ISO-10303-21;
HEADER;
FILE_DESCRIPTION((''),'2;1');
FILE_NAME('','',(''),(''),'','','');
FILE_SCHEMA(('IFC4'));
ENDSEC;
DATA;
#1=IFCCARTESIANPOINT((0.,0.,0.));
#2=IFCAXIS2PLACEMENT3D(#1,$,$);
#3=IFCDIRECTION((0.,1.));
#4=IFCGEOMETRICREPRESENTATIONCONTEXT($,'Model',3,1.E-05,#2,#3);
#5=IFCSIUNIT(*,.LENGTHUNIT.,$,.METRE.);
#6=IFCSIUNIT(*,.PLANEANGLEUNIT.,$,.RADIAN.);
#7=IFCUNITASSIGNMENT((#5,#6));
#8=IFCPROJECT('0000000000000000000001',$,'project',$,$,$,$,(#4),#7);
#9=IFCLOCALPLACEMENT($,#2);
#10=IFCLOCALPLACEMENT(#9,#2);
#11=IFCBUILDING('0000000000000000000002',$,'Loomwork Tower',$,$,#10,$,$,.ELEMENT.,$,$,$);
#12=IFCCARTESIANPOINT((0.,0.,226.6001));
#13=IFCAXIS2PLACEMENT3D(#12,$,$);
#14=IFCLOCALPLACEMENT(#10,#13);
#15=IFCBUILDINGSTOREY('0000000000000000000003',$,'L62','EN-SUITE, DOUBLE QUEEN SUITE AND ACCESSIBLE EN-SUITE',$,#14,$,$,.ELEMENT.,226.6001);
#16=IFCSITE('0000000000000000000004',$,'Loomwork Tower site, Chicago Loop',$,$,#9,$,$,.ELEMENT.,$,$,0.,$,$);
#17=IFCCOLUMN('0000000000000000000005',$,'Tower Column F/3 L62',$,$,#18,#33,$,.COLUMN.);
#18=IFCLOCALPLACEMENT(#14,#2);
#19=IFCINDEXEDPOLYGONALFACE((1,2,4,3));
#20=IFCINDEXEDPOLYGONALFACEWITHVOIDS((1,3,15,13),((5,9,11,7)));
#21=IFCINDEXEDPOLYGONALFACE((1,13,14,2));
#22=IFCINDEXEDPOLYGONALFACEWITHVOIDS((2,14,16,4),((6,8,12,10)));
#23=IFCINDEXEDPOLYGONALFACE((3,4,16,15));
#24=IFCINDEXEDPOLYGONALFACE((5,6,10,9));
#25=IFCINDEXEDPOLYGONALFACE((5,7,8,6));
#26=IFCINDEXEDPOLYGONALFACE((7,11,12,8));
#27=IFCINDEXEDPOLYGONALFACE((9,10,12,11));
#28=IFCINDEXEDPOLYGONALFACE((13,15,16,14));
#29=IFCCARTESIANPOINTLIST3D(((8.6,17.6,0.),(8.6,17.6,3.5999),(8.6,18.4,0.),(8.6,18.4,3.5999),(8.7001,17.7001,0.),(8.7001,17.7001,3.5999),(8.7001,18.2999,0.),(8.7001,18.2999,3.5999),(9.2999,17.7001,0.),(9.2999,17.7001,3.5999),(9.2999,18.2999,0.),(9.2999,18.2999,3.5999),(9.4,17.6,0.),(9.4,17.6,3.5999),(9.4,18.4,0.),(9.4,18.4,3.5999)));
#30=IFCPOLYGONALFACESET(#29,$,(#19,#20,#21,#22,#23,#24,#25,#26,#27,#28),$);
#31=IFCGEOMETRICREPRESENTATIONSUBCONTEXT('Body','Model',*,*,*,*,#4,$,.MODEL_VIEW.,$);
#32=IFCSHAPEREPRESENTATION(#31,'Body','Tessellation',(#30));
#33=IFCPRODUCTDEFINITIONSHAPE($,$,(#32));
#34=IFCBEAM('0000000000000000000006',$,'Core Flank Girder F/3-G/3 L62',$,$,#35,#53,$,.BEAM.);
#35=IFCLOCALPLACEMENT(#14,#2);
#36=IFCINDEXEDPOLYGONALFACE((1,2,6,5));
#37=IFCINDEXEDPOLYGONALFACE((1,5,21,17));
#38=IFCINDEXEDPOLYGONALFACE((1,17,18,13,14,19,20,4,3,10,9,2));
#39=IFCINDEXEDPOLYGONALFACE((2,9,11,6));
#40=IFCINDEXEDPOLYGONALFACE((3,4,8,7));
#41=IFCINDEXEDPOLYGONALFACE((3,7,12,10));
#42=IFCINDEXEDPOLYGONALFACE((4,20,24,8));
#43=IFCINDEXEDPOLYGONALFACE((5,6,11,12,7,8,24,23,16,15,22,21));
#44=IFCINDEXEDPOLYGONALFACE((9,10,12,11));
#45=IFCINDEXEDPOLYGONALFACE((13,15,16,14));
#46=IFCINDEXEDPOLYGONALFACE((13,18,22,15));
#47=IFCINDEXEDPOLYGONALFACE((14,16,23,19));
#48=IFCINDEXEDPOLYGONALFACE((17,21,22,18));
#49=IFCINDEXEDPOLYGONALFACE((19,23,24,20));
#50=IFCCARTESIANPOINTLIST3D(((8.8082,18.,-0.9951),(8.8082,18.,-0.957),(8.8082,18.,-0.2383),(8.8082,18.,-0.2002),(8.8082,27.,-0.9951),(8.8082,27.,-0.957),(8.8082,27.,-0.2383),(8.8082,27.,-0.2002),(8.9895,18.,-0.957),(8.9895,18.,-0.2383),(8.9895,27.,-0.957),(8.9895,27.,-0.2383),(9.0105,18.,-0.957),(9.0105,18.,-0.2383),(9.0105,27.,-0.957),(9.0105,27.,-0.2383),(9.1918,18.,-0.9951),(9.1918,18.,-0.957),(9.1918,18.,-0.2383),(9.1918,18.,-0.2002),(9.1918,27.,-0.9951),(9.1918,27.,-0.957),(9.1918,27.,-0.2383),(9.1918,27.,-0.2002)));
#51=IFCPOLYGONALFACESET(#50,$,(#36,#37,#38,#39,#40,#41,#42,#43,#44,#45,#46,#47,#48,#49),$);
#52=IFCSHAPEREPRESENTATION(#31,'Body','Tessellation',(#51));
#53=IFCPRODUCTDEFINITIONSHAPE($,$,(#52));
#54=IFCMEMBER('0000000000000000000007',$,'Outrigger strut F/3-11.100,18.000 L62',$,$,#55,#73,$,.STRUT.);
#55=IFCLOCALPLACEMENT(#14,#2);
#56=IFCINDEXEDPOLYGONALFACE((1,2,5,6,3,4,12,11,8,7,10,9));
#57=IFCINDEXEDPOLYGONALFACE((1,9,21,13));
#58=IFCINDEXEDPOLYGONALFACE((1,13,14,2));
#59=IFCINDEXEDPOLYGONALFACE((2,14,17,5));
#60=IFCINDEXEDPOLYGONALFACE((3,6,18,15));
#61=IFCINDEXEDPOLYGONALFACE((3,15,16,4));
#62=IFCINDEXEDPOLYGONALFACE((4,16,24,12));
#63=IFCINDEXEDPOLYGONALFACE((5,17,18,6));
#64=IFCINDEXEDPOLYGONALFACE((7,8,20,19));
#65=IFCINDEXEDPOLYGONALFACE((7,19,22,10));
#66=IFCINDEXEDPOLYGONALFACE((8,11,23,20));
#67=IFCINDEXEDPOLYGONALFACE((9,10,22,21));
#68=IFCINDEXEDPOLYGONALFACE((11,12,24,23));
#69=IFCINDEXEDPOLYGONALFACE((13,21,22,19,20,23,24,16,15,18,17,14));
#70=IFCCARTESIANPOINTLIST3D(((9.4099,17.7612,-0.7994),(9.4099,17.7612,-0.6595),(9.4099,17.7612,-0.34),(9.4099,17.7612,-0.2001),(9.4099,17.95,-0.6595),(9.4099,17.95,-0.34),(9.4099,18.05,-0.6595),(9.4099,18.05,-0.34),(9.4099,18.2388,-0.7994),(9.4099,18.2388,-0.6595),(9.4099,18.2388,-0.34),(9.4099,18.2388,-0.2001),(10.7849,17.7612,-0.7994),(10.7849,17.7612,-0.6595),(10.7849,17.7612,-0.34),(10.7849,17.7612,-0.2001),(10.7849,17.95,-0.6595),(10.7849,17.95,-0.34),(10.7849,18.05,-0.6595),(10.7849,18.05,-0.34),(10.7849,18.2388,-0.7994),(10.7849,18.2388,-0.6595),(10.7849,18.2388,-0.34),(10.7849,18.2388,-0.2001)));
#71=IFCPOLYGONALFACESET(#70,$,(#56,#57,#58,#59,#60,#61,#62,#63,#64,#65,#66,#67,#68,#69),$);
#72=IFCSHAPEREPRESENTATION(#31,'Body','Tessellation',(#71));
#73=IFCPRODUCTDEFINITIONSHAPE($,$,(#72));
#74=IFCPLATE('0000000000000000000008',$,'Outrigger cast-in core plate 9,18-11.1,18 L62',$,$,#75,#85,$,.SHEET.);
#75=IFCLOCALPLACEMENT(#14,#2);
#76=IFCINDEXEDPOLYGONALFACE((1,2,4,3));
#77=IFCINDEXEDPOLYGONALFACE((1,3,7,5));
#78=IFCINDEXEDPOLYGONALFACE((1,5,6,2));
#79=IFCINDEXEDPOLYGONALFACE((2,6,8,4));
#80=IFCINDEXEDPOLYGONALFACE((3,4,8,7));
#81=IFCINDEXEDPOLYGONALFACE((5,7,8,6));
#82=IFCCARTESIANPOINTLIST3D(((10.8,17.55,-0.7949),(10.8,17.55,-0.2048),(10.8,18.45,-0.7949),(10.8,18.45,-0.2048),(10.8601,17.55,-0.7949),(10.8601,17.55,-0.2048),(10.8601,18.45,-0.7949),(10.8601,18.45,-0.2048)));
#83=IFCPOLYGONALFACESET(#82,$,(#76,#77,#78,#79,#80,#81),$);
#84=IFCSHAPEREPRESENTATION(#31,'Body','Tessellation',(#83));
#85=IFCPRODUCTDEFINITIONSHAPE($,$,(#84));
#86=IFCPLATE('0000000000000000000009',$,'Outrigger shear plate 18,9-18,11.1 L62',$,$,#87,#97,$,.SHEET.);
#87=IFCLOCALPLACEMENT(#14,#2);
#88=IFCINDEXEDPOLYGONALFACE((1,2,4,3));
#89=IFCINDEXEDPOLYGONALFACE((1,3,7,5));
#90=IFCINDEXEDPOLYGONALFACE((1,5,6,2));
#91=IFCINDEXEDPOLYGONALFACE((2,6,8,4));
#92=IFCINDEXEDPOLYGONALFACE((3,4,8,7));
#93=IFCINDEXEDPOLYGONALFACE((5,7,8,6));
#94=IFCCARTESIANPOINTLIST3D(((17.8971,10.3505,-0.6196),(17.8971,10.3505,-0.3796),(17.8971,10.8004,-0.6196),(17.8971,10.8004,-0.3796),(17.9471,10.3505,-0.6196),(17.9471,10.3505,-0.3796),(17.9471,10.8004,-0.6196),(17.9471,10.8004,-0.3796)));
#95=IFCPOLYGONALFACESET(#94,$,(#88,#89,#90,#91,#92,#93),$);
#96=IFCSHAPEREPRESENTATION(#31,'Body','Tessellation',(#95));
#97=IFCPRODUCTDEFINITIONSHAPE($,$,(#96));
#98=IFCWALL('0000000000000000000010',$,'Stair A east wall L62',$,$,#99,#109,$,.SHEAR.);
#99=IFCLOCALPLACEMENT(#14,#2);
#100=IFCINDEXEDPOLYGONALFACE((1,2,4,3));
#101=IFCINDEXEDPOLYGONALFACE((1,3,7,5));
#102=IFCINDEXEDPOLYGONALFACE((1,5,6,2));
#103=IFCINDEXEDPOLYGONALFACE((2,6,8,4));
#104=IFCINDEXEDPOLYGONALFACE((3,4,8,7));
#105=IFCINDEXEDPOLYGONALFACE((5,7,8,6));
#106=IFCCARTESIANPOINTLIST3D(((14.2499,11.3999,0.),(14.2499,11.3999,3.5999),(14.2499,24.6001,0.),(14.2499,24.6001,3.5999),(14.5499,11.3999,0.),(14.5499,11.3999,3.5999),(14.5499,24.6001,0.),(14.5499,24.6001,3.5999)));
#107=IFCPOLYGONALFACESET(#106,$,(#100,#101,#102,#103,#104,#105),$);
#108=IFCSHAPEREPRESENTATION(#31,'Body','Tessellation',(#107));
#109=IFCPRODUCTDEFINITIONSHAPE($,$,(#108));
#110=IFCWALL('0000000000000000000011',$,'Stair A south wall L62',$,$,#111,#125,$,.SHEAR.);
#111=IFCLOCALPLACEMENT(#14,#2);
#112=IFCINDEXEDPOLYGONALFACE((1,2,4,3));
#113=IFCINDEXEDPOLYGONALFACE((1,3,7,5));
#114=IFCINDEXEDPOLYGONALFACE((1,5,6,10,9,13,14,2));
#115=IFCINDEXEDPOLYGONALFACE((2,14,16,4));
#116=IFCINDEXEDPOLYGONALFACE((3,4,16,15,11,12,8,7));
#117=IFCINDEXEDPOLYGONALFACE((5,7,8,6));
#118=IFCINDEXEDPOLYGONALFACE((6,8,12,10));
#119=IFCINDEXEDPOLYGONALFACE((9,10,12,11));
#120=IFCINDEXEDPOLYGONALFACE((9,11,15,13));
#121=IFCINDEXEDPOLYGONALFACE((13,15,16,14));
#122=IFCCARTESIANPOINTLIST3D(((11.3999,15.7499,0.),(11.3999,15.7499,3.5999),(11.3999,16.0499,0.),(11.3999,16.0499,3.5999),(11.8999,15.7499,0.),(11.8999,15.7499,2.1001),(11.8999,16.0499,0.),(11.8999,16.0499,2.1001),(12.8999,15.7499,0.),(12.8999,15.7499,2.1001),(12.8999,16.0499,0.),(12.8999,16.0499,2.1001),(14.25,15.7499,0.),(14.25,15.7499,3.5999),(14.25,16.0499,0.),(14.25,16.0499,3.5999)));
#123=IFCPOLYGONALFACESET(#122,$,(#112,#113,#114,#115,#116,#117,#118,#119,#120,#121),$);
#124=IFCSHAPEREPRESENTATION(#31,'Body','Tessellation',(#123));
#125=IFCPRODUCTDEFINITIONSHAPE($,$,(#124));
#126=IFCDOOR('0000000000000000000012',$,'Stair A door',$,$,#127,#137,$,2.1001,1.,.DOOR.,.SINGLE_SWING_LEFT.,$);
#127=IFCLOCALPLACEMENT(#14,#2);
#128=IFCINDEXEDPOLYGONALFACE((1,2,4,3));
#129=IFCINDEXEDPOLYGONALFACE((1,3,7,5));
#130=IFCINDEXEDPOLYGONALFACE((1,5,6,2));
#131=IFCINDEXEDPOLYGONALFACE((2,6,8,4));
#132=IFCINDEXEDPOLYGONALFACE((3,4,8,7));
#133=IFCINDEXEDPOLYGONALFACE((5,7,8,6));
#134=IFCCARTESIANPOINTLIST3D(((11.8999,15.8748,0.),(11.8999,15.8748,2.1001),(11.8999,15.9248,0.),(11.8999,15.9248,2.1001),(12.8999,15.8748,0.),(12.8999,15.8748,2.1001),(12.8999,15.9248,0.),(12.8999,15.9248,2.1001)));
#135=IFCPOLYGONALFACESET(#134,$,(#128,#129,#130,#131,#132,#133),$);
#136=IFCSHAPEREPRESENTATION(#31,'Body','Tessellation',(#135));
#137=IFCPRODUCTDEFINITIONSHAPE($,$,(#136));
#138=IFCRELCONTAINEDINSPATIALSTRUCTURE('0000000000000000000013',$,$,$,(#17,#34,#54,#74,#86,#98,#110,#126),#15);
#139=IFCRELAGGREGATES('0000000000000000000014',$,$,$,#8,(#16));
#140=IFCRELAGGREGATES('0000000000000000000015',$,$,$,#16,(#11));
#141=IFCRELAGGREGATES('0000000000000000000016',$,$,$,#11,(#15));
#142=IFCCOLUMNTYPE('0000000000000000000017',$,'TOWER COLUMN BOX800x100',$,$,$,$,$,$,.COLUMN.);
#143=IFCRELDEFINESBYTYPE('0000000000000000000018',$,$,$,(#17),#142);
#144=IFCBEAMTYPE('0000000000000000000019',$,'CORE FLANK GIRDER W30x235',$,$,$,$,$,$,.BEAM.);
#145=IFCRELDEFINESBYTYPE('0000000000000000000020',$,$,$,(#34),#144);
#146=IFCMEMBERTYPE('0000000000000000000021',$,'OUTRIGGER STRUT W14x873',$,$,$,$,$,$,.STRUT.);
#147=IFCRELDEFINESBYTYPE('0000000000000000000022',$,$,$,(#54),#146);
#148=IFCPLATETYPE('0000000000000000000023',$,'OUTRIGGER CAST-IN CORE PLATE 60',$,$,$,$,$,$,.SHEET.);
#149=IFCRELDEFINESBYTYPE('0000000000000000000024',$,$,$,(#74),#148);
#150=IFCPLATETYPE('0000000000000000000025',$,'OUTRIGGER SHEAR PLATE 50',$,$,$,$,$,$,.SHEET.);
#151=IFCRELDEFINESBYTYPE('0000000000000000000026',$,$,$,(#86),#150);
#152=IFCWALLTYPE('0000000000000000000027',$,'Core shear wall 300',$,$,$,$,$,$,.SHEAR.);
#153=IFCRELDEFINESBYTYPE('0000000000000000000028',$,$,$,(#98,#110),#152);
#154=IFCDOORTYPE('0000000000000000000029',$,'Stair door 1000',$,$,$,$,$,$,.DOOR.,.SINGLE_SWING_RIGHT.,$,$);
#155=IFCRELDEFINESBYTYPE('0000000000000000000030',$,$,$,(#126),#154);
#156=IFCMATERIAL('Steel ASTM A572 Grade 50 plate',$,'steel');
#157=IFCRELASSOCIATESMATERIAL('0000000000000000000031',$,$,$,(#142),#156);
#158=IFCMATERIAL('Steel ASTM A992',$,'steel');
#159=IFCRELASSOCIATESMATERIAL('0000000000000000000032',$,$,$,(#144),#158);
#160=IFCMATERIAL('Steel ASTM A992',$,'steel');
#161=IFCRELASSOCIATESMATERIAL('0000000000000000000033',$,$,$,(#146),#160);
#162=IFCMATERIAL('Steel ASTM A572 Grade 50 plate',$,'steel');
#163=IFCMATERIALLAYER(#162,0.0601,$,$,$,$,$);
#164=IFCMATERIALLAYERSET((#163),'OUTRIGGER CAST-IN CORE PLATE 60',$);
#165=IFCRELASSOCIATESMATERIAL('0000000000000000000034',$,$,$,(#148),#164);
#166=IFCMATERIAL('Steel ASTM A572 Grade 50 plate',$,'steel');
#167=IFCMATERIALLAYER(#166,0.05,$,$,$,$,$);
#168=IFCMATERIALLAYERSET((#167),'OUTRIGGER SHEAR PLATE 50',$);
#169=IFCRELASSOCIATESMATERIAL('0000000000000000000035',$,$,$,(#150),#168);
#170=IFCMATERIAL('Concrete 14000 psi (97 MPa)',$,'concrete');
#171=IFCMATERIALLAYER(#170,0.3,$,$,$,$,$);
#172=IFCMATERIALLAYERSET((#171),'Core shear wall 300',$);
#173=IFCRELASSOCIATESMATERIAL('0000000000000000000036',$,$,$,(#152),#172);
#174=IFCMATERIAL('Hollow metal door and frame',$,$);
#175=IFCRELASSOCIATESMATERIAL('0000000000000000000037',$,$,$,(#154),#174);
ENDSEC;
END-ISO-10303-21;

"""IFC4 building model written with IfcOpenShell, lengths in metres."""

from ifc_helpers import new_model, si_unit, direction, frame, frame_2d, origin, origin_2d, place, context, subcontext, project, spatial, rectangle, hollow_rectangle, i_section, extrude, material, layer, layer_set, material_profile, profile_set, type_object, element, fill, save


model = new_model("IFC4")

# Units and contexts
model_context = context("Model", 3, precision=1e-05, world=origin(), true_north=direction((0.0, 1.0)))
body_context = subcontext(model_context, "Body", "Model", "MODEL_VIEW")
ifc_project = project(units=[si_unit("LENGTHUNIT", "METRE"), si_unit("PLANEANGLEUNIT", "RADIAN")], contexts=[model_context])

# Site, building, storey
site_placement = place(None, origin())
site = spatial("IfcSite", under=ifc_project, at=site_placement, Name="Loomwork Tower site, Chicago Loop", CompositionType="ELEMENT", RefElevation=0.0)
building_placement = place(site_placement, origin())
building = spatial("IfcBuilding", under=site, at=building_placement, Name="Loomwork Tower", CompositionType="ELEMENT")
storey_placement = place(building_placement, frame((0.0, 0.0, 226.6001)))
storey = spatial("IfcBuildingStorey", under=building, at=storey_placement, Name="L62", Description="EN-SUITE, DOUBLE QUEEN SUITE AND ACCESSIBLE EN-SUITE", CompositionType="ELEMENT", Elevation=226.6001)

# Column
ifc_material_1 = material(Name="Steel ASTM A572 Grade 50 plate", Category="steel")
ifc_material_profile_1 = material_profile(ifc_material_1, hollow_rectangle(XDim=0.8, YDim=0.8, WallThickness=0.1001, at=origin_2d()), Name="BOX800x100")
ifc_profile_set_1 = profile_set([ifc_material_profile_1], Name="Steel ASTM A572 Grade 50 plate")
column_type = type_object("IfcColumnType", Name="TOWER COLUMN BOX800x100", PredefinedType="COLUMN", material=ifc_profile_set_1)
column_placement = place(storey_placement, frame((9.0, 18.0, 0.0), z_axis=(0.0, 0.0, 1.0), x_axis=(1.0, 0.0, 0.0)))
element("IfcColumn", 1, at=column_placement, inside=storey, type_object=column_type, Name="Tower Column F/3 L62", PredefinedType="COLUMN", context=body_context, shape_type="SweptSolid", body=[
    extrude(hollow_rectangle(XDim=0.8, YDim=0.8, WallThickness=0.1001, at=origin_2d()), origin(), (0.0, 0.0, 1.0), 3.5999),
])

# Beam
ifc_material_2 = material(Name="Steel ASTM A992", Category="steel")
ifc_material_profile_2 = material_profile(ifc_material_2, i_section(OverallWidth=0.3835, OverallDepth=0.7949, WebThickness=0.021, FlangeThickness=0.0381, at=origin_2d()), Name="W30x235")
ifc_profile_set_2 = profile_set([ifc_material_profile_2], Name="Steel ASTM A992")
beam_type = type_object("IfcBeamType", Name="CORE FLANK GIRDER W30x235", PredefinedType="BEAM", material=ifc_profile_set_2)
beam_placement = place(storey_placement, frame((9.0, 18.0, -0.5977), z_axis=(0.0, 1.0, 0.0), x_axis=(-1.0, 0.0, 0.0)))
element("IfcBeam", 2, at=beam_placement, inside=storey, type_object=beam_type, Name="Core Flank Girder F/3-G/3 L62", PredefinedType="BEAM", context=body_context, shape_type="SweptSolid", body=[
    extrude(i_section(OverallWidth=0.3835, OverallDepth=0.7949, WebThickness=0.021, FlangeThickness=0.0381, at=origin_2d()), origin(), (0.0, 0.0, 1.0), 9.0),
])

# Member
ifc_material_3 = material(Name="Steel ASTM A992", Category="steel")
ifc_material_profile_3 = material_profile(ifc_material_3, i_section(OverallWidth=0.4775, OverallDepth=0.5994, WebThickness=0.1001, FlangeThickness=0.1399, at=origin_2d()), Name="W14x873")
ifc_profile_set_3 = profile_set([ifc_material_profile_3], Name="Steel ASTM A992")
member_type = type_object("IfcMemberType", Name="OUTRIGGER STRUT W14x873", PredefinedType="STRUT", material=ifc_profile_set_3)
member_placement = place(storey_placement, frame((9.4099, 18.0, -0.4998), z_axis=(1.0, 0.0, 0.0), x_axis=(0.0, 1.0, 0.0)))
element("IfcMember", 3, at=member_placement, inside=storey, type_object=member_type, Name="Outrigger strut F/3-11.100,18.000 L62", PredefinedType="STRUT", context=body_context, shape_type="SweptSolid", body=[
    extrude(i_section(OverallWidth=0.4775, OverallDepth=0.5994, WebThickness=0.1001, FlangeThickness=0.1399, at=origin_2d()), origin(), (0.0, 0.0, 1.0), 1.375),
])

# Plates
ifc_material_4 = material(Name="Steel ASTM A572 Grade 50 plate", Category="steel")
ifc_layer_1 = layer(ifc_material_4, 0.0601)
ifc_layer_set_1 = layer_set([ifc_layer_1], Name="OUTRIGGER CAST-IN CORE PLATE 60")
plate_type_1 = type_object("IfcPlateType", Name="OUTRIGGER CAST-IN CORE PLATE 60", PredefinedType="SHEET", material=ifc_layer_set_1)
plate_1_placement = place(storey_placement, frame((10.8301, 18.0, -0.7949), z_axis=(0.0, 0.0, 1.0), x_axis=(0.0, 1.0, 0.0)))
element("IfcPlate", 4, at=plate_1_placement, inside=storey, type_object=plate_type_1, Name="Outrigger cast-in core plate 9,18-11.1,18 L62", PredefinedType="SHEET", context=body_context, shape_type="SweptSolid", body=[
    extrude(rectangle(XDim=0.8999, YDim=0.0601, at=origin_2d()), origin(), (0.0, 0.0, 1.0), 0.5901),
])
ifc_material_5 = material(Name="Steel ASTM A572 Grade 50 plate", Category="steel")
ifc_layer_2 = layer(ifc_material_5, 0.05)
ifc_layer_set_2 = layer_set([ifc_layer_2], Name="OUTRIGGER SHEAR PLATE 50")
plate_type_2 = type_object("IfcPlateType", Name="OUTRIGGER SHEAR PLATE 50", PredefinedType="SHEET", material=ifc_layer_set_2)
plate_2_placement = place(storey_placement, frame((17.9221, 10.5754, -0.6196), z_axis=(0.0, 0.0, 1.0), x_axis=(0.0, 1.0, 0.0)))
element("IfcPlate", 5, at=plate_2_placement, inside=storey, type_object=plate_type_2, Name="Outrigger shear plate 18,9-18,11.1 L62", PredefinedType="SHEET", context=body_context, shape_type="SweptSolid", body=[
    extrude(rectangle(XDim=0.45, YDim=0.05, at=origin_2d()), origin(), (0.0, 0.0, 1.0), 0.24),
])

# Wall
ifc_material_6 = material(Name="Concrete 14000 psi (97 MPa)", Category="concrete")
ifc_layer_3 = layer(ifc_material_6, 0.3)
ifc_layer_set_3 = layer_set([ifc_layer_3], Name="Core shear wall 300")
wall_type_1 = type_object("IfcWallType", Name="Core shear wall 300", PredefinedType="SHEAR", material=ifc_layer_set_3)
wall_1_placement = place(storey_placement, frame((14.3999, 11.3999, 0.0), z_axis=(0.0, 0.0, 1.0), x_axis=(0.0, 1.0, 0.0)))
element("IfcWall", 6, at=wall_1_placement, inside=storey, type_object=wall_type_1, Name="Stair A east wall L62", PredefinedType="SHEAR", context=body_context, shape_type="SweptSolid", body=[
    extrude(rectangle(XDim=13.2002, YDim=0.3, at=frame_2d((6.6001, 0.0))), origin(), (0.0, 0.0, 1.0), 3.5999),
])

# Wall, opening, door
wall_2_placement = place(storey_placement, frame((11.3999, 15.8999, 0.0), z_axis=(0.0, 0.0, 1.0), x_axis=(1.0, 0.0, 0.0)))
wall_2 = element("IfcWall", 7, at=wall_2_placement, inside=storey, type_object=wall_type_1, Name="Stair A south wall L62", PredefinedType="SHEAR", context=body_context, shape_type="SweptSolid", body=[
    extrude(rectangle(XDim=2.8501, YDim=0.3, at=frame_2d((1.425, 0.0))), origin(), (0.0, 0.0, 1.0), 3.5999),
])
opening_1_placement = place(wall_2_placement, frame((0.5, 0.0, 0.0)))
opening_1 = element("IfcOpeningElement", 8, at=opening_1_placement, cuts=wall_2, PredefinedType="OPENING", context=body_context, shape_type="SweptSolid", body=[
    extrude(rectangle(XDim=1.0, YDim=2.1001, at=frame_2d((0.5, 1.05))), frame((0.0, 0.1599, 0.0), z_axis=(0.0, -1.0, 0.0), x_axis=(1.0, 0.0, 0.0)), (0.0, 0.0, 1.0), 0.3201),
])
ifc_material_7 = material(Name="Hollow metal door and frame")
door_type_1 = type_object("IfcDoorType", Name="Stair door 1000", OperationType="SINGLE_SWING_RIGHT", PredefinedType="DOOR", material=ifc_material_7)
door_1_placement = place(opening_1_placement, origin())
door_1 = element("IfcDoor", 9, at=door_1_placement, inside=storey, type_object=door_type_1, Name="Stair A door", OperationType="SINGLE_SWING_LEFT", OverallHeight=2.1001, OverallWidth=1.0, PredefinedType="DOOR", context=body_context, shape_type="SweptSolid", body=[
    extrude(rectangle(XDim=1.0, YDim=2.1001, at=frame_2d((0.5, 1.05))), frame((0.0, 0.0249, 0.0), z_axis=(0.0, -1.0, 0.0), x_axis=(1.0, 0.0, 0.0)), (0.0, 0.0, 1.0), 0.05),
])
fill(opening_1, door_1)

save(model, "model.ifc")
